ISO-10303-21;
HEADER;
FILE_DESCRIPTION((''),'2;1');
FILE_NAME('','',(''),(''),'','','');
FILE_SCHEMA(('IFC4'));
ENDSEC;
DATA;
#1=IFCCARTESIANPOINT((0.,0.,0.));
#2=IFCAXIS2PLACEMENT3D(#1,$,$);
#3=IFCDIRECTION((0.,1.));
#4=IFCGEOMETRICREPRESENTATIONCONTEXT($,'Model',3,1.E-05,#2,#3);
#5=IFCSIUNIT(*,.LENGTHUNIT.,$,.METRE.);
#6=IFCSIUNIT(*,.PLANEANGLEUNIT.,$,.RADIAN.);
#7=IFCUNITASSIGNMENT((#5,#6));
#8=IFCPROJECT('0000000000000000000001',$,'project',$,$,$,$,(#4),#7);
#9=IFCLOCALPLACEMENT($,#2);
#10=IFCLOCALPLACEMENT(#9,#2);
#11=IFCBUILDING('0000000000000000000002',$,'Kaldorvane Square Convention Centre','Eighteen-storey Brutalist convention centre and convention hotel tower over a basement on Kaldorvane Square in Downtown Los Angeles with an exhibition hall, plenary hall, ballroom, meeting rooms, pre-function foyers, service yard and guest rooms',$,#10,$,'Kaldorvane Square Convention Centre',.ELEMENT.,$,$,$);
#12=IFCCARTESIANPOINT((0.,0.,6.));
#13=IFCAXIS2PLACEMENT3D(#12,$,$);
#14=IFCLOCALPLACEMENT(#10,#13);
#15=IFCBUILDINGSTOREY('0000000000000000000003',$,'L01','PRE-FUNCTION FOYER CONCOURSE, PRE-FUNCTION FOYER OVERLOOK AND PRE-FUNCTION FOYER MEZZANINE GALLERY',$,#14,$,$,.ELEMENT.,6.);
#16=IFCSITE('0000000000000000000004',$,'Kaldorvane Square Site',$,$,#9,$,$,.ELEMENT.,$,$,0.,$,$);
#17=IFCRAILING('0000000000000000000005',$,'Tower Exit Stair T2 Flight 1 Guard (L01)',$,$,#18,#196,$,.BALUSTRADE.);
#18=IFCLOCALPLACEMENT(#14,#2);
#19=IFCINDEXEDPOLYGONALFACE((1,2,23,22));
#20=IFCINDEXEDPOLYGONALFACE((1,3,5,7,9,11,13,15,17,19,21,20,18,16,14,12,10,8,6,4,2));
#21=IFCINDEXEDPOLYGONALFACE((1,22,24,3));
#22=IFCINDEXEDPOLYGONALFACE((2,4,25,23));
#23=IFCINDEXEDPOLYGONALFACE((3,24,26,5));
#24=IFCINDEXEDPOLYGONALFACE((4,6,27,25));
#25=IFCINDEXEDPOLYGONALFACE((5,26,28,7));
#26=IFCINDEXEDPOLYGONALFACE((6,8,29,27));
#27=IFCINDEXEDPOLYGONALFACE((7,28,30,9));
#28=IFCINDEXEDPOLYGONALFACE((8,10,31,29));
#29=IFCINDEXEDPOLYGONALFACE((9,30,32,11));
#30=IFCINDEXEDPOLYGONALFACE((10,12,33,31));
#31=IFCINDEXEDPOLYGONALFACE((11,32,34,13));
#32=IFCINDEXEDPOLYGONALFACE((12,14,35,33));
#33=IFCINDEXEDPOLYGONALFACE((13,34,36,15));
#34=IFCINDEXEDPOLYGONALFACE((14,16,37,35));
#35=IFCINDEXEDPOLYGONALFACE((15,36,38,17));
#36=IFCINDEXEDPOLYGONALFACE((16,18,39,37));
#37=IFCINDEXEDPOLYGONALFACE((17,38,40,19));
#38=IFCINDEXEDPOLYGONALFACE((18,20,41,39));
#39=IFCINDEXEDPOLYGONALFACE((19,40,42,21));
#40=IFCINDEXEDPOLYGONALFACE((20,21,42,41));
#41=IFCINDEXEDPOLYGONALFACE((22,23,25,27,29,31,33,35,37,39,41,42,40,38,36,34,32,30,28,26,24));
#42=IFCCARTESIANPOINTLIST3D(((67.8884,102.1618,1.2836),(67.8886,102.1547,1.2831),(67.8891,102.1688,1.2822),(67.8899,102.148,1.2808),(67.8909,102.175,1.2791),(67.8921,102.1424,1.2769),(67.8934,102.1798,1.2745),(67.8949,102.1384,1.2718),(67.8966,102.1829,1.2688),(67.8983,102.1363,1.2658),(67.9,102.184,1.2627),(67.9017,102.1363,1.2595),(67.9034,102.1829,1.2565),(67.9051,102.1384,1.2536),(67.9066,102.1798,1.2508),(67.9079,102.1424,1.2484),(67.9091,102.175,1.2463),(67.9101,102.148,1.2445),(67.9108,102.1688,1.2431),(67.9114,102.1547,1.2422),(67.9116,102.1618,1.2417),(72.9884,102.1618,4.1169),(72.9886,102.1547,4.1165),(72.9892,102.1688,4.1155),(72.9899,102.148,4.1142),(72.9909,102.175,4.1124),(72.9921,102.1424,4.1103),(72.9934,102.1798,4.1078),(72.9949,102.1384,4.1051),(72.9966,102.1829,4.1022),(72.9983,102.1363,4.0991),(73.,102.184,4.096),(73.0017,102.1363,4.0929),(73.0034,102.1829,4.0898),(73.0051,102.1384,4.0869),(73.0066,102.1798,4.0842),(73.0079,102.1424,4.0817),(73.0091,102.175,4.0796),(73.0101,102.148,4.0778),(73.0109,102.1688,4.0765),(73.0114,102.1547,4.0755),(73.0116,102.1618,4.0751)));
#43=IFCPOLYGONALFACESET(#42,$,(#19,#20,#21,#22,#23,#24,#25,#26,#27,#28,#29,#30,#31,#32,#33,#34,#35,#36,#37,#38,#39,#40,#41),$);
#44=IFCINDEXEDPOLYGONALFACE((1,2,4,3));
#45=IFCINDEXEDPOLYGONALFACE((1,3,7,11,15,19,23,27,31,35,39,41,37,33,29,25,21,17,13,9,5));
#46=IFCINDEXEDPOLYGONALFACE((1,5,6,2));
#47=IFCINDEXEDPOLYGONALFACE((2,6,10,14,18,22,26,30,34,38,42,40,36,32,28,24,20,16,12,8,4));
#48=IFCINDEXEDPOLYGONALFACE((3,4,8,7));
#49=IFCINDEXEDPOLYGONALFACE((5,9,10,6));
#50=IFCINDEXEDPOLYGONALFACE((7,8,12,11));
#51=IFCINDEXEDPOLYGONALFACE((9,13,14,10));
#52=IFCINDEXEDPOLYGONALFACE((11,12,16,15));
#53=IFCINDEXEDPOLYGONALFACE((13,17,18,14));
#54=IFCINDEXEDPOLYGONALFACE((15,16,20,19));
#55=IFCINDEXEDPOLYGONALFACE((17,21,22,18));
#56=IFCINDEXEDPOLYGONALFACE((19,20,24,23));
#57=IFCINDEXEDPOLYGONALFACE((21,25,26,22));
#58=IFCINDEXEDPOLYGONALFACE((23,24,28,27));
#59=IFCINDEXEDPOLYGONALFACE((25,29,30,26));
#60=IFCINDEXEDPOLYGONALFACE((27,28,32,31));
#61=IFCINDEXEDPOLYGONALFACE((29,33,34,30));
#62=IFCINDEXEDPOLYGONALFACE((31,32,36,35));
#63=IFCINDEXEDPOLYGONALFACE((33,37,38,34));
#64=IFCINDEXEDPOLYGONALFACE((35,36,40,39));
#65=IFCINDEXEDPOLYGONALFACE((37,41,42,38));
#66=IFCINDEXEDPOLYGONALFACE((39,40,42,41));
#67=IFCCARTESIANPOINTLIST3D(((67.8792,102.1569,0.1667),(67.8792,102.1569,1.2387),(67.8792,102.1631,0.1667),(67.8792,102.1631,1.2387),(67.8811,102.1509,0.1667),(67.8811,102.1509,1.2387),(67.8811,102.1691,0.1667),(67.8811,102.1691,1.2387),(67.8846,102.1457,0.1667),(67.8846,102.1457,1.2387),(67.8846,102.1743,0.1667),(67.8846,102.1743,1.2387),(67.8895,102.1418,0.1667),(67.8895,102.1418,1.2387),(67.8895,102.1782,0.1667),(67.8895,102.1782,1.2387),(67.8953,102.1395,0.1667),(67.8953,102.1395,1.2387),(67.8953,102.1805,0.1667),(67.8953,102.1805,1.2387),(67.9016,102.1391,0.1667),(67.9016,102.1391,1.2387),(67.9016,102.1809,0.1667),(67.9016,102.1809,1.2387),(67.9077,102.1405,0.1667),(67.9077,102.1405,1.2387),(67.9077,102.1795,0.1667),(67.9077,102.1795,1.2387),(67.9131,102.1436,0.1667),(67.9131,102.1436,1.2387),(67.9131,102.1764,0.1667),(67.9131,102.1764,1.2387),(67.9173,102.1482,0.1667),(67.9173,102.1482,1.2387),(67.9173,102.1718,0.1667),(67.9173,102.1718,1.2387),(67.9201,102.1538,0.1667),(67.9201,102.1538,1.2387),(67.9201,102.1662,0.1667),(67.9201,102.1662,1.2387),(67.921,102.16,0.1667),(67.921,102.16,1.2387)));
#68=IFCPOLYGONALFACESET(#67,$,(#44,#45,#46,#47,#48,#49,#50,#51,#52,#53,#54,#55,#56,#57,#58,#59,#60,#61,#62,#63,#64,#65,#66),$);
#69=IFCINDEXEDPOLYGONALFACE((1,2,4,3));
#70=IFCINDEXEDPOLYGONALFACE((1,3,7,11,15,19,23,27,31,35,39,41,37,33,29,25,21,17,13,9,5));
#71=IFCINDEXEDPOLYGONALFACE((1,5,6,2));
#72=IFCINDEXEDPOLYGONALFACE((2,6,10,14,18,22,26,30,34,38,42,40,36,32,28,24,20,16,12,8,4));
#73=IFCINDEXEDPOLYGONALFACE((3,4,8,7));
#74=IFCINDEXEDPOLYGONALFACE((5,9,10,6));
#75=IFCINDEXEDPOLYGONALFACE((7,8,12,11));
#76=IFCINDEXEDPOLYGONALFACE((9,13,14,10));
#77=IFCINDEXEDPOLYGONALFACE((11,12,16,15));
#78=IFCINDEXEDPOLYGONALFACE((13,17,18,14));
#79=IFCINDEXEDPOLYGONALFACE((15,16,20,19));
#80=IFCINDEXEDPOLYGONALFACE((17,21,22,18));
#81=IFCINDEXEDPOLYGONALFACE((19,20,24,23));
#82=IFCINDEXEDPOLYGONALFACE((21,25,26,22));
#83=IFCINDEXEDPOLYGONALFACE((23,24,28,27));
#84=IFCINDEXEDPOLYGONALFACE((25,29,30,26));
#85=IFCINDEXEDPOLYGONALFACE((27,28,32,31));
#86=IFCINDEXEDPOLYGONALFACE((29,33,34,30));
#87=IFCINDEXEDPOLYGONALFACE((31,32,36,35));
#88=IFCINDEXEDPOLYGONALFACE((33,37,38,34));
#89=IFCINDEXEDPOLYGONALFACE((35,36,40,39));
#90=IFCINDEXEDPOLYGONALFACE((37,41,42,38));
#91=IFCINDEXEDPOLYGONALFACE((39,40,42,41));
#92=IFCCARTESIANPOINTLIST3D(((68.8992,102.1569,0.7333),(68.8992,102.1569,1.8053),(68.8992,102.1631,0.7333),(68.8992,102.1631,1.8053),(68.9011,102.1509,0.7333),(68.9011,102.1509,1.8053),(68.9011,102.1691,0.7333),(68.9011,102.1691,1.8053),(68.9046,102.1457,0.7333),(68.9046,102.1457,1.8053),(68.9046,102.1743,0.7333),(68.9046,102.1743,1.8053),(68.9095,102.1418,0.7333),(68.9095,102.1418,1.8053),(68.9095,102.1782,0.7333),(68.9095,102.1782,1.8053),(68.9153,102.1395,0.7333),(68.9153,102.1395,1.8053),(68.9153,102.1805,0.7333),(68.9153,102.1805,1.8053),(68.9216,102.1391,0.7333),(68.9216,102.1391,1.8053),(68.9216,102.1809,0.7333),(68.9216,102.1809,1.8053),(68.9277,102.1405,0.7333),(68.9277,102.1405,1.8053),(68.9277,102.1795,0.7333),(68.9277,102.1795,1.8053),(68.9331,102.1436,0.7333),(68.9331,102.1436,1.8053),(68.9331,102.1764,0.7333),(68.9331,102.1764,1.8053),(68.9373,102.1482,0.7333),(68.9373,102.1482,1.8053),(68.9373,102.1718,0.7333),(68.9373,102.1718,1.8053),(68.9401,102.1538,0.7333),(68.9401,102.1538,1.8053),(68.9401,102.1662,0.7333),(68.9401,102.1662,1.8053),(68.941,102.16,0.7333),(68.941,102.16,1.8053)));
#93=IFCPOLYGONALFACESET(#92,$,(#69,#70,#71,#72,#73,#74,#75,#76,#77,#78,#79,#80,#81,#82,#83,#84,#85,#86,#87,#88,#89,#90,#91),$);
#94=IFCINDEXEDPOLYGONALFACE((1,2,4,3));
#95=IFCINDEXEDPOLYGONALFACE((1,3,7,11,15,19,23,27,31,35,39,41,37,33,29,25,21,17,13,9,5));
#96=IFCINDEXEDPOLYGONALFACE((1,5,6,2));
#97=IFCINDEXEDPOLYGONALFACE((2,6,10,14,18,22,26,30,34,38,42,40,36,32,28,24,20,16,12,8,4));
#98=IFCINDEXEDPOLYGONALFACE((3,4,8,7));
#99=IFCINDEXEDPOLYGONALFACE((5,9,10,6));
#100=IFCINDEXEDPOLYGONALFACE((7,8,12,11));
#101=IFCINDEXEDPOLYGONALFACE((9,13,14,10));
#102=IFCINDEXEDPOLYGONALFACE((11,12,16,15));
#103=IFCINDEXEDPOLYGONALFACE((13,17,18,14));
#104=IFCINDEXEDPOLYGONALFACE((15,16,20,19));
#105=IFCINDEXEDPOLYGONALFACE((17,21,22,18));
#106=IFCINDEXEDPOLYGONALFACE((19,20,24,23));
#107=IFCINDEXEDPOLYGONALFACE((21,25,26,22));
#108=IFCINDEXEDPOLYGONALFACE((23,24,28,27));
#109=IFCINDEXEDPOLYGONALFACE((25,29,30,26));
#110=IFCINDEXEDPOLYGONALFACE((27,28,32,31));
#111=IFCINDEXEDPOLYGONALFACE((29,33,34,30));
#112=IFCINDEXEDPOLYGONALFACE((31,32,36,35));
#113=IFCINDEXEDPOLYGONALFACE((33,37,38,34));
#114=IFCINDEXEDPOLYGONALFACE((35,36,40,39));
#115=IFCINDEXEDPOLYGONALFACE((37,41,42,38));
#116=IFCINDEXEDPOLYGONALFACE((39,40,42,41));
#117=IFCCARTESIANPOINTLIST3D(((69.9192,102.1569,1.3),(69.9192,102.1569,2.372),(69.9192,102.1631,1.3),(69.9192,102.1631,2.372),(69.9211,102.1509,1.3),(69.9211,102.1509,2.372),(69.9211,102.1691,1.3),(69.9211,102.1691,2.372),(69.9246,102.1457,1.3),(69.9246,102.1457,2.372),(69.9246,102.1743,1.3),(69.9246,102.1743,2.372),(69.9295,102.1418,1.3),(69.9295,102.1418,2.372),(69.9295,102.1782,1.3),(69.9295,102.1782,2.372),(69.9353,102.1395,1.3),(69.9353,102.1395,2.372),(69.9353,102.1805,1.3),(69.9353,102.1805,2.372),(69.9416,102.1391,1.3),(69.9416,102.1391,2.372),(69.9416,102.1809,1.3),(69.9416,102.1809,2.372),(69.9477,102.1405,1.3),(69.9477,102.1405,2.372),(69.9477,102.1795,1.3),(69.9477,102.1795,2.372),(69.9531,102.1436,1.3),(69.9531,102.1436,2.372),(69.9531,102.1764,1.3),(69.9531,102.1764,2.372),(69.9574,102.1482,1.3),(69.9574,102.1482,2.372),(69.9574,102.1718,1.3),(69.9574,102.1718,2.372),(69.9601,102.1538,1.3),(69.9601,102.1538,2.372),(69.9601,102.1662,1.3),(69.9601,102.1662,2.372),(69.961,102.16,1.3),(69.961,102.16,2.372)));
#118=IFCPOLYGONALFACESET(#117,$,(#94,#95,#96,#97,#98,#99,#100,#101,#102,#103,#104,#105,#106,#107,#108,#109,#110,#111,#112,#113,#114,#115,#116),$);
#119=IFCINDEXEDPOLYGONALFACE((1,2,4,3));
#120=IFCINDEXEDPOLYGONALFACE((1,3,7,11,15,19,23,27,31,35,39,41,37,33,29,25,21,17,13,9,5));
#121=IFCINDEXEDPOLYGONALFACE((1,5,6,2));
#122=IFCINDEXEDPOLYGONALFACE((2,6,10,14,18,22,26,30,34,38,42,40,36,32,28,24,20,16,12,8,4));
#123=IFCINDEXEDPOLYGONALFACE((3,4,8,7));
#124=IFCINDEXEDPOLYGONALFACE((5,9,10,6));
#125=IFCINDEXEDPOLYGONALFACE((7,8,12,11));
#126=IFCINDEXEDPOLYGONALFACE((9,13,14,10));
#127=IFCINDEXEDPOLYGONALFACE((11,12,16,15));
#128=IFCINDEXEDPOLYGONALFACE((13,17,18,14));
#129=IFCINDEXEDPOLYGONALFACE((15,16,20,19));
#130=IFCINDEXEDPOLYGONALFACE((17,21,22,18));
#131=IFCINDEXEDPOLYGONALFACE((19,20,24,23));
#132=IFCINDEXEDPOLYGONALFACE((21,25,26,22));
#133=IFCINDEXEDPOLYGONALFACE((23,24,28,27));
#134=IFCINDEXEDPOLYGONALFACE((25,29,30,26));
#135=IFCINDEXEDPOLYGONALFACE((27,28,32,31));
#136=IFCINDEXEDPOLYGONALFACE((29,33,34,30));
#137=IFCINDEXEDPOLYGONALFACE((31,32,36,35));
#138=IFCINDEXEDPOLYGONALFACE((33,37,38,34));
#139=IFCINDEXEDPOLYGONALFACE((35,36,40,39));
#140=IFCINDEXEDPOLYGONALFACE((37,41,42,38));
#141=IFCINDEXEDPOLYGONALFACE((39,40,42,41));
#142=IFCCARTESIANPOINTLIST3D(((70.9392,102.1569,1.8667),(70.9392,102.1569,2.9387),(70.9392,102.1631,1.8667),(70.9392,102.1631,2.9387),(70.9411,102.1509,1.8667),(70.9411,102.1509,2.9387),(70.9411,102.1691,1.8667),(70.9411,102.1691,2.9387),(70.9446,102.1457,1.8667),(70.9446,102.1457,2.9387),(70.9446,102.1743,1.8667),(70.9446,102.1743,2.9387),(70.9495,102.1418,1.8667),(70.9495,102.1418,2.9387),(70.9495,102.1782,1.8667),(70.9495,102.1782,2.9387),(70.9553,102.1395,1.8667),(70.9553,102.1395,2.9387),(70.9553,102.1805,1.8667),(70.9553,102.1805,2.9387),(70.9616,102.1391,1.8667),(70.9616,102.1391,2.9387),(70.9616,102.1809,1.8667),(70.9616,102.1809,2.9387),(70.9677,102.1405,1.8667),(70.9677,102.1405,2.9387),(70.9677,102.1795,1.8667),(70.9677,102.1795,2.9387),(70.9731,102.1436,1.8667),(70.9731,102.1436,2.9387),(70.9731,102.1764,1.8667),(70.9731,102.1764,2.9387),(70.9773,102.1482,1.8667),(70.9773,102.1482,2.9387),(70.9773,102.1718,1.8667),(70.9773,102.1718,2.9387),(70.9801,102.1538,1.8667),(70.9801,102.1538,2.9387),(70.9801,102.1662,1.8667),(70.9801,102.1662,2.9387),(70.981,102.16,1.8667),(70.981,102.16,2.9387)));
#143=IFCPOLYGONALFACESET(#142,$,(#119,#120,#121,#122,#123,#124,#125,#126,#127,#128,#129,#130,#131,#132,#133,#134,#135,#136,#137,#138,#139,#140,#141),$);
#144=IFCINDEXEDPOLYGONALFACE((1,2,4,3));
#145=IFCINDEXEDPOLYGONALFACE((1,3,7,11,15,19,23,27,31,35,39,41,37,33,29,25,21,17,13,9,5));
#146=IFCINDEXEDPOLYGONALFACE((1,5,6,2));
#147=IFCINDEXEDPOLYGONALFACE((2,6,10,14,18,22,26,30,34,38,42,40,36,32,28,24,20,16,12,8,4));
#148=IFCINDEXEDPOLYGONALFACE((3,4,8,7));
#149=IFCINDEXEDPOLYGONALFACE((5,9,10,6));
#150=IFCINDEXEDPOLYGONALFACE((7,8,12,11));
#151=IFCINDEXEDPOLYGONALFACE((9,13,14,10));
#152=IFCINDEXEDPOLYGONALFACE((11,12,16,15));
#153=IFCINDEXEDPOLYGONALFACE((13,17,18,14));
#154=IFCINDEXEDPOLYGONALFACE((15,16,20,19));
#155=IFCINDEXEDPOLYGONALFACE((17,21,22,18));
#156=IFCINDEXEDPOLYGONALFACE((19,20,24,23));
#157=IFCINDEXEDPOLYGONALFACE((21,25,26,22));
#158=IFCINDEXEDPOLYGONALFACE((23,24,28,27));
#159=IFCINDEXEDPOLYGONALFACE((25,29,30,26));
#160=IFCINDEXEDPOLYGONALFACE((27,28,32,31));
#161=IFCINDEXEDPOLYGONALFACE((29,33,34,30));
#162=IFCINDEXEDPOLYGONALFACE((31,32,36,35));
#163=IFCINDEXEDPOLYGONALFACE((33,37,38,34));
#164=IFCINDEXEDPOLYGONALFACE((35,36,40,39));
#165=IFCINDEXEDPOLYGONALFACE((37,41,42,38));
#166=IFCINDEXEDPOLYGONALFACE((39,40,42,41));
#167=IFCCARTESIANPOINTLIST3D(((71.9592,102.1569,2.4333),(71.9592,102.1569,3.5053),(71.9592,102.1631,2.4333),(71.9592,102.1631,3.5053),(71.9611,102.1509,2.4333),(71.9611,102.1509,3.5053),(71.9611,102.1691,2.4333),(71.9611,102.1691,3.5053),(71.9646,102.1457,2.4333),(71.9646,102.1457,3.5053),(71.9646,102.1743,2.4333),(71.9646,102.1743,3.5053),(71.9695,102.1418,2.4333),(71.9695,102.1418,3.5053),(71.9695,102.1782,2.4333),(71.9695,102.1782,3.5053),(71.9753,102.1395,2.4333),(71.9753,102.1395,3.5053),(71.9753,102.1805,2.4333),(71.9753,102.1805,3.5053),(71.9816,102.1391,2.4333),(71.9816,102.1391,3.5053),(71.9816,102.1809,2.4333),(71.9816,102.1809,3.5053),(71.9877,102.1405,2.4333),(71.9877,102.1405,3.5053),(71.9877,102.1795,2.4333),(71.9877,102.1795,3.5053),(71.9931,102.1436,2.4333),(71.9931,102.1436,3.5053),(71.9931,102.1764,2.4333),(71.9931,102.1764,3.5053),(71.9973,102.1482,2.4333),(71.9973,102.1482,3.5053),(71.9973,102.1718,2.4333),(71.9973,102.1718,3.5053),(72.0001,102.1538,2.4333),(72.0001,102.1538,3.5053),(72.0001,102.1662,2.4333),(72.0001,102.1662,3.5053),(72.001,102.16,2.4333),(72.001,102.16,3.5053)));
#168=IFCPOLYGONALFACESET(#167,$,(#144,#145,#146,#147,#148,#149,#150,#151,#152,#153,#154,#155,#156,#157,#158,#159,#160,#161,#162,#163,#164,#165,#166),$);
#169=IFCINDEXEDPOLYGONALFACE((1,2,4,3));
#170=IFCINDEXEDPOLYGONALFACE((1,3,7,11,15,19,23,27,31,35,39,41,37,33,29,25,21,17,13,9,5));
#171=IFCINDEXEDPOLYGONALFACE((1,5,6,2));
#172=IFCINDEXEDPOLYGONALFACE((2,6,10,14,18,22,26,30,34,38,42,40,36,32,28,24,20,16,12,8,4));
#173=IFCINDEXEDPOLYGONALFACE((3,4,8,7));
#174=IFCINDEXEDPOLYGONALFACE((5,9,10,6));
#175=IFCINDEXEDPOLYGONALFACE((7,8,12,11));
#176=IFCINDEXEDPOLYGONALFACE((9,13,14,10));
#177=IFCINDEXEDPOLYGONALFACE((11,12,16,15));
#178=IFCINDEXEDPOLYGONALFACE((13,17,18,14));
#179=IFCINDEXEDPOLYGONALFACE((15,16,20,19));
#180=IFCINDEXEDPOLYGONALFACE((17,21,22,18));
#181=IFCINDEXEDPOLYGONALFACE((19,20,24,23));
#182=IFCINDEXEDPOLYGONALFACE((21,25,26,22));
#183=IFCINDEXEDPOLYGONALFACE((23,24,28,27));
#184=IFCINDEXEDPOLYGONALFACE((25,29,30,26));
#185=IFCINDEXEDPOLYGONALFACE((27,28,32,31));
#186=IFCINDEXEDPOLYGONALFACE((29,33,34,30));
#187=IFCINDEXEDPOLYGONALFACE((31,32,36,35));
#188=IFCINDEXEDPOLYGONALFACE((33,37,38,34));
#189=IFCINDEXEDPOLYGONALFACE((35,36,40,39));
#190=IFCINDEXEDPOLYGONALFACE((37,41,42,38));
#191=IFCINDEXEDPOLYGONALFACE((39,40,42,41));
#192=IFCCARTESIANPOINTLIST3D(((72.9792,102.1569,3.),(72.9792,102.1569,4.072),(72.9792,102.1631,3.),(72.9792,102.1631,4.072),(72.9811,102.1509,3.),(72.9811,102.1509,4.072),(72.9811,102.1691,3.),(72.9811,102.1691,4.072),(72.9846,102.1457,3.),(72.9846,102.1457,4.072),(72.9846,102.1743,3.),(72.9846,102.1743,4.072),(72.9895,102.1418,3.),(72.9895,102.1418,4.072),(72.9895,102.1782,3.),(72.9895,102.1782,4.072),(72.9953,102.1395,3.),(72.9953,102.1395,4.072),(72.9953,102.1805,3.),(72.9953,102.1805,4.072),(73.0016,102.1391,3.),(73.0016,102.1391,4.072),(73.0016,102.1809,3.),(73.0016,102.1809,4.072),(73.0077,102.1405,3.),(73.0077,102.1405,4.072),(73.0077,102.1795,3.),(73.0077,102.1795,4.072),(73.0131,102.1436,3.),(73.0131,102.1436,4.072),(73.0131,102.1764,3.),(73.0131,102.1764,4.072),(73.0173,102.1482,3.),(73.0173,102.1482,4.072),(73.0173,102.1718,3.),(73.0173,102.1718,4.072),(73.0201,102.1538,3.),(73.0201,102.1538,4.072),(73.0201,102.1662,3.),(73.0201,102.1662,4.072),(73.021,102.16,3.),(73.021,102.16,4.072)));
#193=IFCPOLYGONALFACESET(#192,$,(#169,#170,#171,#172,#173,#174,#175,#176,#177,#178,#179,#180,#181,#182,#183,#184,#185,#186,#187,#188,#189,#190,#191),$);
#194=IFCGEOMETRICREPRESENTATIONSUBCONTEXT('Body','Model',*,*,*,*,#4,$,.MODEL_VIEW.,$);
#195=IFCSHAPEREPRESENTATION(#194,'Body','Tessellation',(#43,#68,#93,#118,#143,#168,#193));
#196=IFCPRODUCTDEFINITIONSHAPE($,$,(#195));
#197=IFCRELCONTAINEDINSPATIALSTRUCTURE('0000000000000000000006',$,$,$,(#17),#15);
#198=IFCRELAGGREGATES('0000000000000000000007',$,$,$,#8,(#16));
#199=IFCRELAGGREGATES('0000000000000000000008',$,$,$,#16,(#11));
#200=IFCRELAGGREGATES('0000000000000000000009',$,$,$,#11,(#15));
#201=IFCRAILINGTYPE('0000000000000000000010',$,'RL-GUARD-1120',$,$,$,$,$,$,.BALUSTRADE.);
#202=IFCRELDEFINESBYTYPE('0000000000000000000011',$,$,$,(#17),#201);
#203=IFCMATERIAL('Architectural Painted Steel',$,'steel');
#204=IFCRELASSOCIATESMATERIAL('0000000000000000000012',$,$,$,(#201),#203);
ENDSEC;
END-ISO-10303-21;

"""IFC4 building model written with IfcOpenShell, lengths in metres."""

from ifc_helpers import new_model, si_unit, direction, frame, origin, origin_2d, place, context, subcontext, project, spatial, circle, extrude, material, type_object, element, save


model = new_model("IFC4")

# Units and contexts
model_context = context("Model", 3, precision=1e-05, world=origin(), true_north=direction((0.0, 1.0)))
body_context = subcontext(model_context, "Body", "Model", "MODEL_VIEW")
ifc_project = project(units=[si_unit("LENGTHUNIT", "METRE"), si_unit("PLANEANGLEUNIT", "RADIAN")], contexts=[model_context])

# Site, building, storey
site_placement = place(None, origin())
site = spatial("IfcSite", under=ifc_project, at=site_placement, Name="Kaldorvane Square Site", CompositionType="ELEMENT", RefElevation=0.0)
building_placement = place(site_placement, origin())
building = spatial("IfcBuilding", under=site, at=building_placement, Name="Kaldorvane Square Convention Centre", Description="Eighteen-storey Brutalist convention centre and convention hotel tower over a basement on Kaldorvane Square in Downtown Los Angeles with an exhibition hall, plenary hall, ballroom, meeting rooms, pre-function foyers, service yard and guest rooms", LongName="Kaldorvane Square Convention Centre", CompositionType="ELEMENT")
storey_placement = place(building_placement, frame((0.0, 0.0, 6.0)))
storey = spatial("IfcBuildingStorey", under=building, at=storey_placement, Name="L01", Description="PRE-FUNCTION FOYER CONCOURSE, PRE-FUNCTION FOYER OVERLOOK AND PRE-FUNCTION FOYER MEZZANINE GALLERY", CompositionType="ELEMENT", Elevation=6.0)

# Railing
ifc_material_1 = material(Name="Architectural Painted Steel", Category="steel")
railing_type_1 = type_object("IfcRailingType", Name="RL-GUARD-1120", PredefinedType="BALUSTRADE", material=ifc_material_1)
railing_1_placement = place(storey_placement, frame((67.9, 102.16, 0.1667)))
element("IfcRailing", 1, at=railing_1_placement, inside=storey, type_object=railing_type_1, Name="Tower Exit Stair T2 Flight 1 Guard (L01)", PredefinedType="BALUSTRADE", context=body_context, shape_type="SweptSolid", body=[
    extrude(circle(Radius=0.024, at=origin_2d()), frame((0.0, 0.0, 1.096), z_axis=(0.874158, 0.0, 0.485642), x_axis=(0.0, 1.0, 0.0)), (0.0, 0.0, 1.0), 5.8342),
    extrude(circle(Radius=0.021, at=origin_2d()), origin(), (0.0, 0.0, 1.0), 1.072),
    extrude(circle(Radius=0.021, at=origin_2d()), frame((1.02, 0.0, 0.5667)), (0.0, 0.0, 1.0), 1.072),
    extrude(circle(Radius=0.021, at=origin_2d()), frame((2.04, 0.0, 1.1333)), (0.0, 0.0, 1.0), 1.072),
    extrude(circle(Radius=0.021, at=origin_2d()), frame((3.06, 0.0, 1.7)), (0.0, 0.0, 1.0), 1.072),
    extrude(circle(Radius=0.021, at=origin_2d()), frame((4.08, 0.0, 2.2667)), (0.0, 0.0, 1.0), 1.072),
    extrude(circle(Radius=0.021, at=origin_2d()), frame((5.1, 0.0, 2.8333)), (0.0, 0.0, 1.0), 1.072),
])

save(model, "model.ifc")
